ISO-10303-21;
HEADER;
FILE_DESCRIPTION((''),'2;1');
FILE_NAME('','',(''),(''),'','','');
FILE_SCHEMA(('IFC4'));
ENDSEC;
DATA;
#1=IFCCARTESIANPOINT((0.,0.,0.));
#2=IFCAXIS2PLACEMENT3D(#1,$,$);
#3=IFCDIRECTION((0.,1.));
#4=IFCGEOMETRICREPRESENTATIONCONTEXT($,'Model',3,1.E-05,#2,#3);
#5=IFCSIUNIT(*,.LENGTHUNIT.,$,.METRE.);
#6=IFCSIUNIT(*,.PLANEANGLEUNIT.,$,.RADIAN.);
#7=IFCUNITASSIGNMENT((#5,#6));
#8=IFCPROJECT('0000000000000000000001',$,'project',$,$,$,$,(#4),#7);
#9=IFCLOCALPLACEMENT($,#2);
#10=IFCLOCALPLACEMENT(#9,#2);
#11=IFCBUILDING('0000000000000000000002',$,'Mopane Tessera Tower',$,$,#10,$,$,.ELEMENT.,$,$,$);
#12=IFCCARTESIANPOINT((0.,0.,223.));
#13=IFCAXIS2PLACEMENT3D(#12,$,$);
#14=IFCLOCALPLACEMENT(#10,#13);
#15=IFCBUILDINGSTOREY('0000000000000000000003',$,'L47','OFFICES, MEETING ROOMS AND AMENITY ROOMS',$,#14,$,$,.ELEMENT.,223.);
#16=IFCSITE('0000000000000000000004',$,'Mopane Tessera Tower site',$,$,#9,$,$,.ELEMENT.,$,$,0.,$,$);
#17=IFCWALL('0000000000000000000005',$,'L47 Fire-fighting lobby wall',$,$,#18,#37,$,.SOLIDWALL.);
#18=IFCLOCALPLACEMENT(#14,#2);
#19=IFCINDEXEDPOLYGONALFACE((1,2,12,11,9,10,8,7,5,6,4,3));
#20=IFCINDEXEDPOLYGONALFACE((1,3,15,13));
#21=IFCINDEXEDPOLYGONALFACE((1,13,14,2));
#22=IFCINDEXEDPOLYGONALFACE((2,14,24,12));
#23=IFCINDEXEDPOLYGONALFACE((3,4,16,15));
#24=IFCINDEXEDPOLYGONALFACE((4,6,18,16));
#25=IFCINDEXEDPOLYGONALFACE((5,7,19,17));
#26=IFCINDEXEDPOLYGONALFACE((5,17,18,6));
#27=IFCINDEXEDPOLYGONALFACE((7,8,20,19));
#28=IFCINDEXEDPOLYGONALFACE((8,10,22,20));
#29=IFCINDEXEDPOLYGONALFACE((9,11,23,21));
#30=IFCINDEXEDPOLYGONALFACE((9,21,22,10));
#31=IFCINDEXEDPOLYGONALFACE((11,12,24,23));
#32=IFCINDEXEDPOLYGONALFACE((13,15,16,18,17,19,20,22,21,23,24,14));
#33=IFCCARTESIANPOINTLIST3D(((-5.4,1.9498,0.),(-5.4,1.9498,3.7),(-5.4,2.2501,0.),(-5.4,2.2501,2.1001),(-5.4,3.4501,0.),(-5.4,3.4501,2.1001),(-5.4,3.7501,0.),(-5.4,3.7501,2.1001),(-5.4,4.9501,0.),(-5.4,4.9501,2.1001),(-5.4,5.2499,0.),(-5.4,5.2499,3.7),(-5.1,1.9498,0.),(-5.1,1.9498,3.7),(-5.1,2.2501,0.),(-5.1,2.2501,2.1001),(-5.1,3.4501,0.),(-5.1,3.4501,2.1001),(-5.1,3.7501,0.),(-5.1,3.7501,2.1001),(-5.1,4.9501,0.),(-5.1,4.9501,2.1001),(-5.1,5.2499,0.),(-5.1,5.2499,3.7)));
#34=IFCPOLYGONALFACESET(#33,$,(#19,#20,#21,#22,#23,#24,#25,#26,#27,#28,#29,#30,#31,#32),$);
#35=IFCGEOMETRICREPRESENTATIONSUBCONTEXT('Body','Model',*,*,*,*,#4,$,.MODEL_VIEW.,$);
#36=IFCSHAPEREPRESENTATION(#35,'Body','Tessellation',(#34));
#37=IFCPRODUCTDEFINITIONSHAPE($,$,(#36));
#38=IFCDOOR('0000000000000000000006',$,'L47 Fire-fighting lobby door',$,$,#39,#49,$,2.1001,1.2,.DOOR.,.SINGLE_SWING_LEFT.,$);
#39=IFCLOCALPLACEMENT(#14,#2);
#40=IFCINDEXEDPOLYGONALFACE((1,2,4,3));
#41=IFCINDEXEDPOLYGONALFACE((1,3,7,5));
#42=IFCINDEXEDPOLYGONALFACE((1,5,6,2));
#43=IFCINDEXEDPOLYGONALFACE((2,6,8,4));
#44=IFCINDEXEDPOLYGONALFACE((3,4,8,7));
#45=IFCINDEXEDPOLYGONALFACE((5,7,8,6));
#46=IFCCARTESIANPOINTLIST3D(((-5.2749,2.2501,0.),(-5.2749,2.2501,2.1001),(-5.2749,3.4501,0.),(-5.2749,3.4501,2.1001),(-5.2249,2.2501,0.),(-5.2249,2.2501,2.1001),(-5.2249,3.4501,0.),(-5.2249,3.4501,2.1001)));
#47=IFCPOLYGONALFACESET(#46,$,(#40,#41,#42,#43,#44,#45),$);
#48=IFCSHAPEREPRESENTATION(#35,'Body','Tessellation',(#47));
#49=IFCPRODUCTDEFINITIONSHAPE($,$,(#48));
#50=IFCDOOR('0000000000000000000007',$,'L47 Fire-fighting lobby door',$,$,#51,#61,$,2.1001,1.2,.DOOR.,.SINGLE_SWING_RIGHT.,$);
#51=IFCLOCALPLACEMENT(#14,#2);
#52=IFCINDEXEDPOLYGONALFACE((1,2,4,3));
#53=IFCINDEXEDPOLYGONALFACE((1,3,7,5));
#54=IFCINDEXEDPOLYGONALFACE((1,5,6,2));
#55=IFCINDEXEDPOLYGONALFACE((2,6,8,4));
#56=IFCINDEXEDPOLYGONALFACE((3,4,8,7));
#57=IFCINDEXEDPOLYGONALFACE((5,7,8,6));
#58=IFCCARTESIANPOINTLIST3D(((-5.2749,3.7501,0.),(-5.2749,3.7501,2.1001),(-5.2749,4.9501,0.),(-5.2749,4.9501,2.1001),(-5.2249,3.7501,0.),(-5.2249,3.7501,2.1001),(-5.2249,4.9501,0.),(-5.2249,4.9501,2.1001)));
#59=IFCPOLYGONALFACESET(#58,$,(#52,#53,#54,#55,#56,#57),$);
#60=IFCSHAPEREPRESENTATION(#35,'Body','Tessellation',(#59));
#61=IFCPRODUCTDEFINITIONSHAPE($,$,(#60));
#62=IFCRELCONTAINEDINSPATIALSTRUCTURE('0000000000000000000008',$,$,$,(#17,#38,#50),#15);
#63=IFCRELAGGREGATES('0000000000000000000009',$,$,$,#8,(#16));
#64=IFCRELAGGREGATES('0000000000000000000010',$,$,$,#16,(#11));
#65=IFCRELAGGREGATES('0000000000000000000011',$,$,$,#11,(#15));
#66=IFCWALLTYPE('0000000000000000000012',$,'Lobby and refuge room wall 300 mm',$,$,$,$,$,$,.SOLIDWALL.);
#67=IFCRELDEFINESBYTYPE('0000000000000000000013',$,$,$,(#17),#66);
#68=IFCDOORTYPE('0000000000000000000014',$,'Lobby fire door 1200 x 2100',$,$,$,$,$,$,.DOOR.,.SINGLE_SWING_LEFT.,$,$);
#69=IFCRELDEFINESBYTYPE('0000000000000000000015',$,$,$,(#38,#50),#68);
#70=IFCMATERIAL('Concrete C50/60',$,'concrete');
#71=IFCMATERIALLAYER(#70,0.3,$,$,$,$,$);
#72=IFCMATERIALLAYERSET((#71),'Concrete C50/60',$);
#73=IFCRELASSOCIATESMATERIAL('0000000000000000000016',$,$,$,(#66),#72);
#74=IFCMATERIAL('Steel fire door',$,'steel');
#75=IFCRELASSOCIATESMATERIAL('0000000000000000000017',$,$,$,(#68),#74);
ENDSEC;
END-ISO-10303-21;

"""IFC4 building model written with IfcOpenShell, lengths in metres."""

from ifc_helpers import new_model, si_unit, direction, frame, frame_2d, origin, place, context, subcontext, project, spatial, rectangle, extrude, material, layer, layer_set, type_object, element, fill, save


model = new_model("IFC4")

# Units and contexts
model_context = context("Model", 3, precision=1e-05, world=origin(), true_north=direction((0.0, 1.0)))
body_context = subcontext(model_context, "Body", "Model", "MODEL_VIEW")
ifc_project = project(units=[si_unit("LENGTHUNIT", "METRE"), si_unit("PLANEANGLEUNIT", "RADIAN")], contexts=[model_context])

# Site, building, storey
site_placement = place(None, origin())
site = spatial("IfcSite", under=ifc_project, at=site_placement, Name="Mopane Tessera Tower site", CompositionType="ELEMENT", RefElevation=0.0)
building_placement = place(site_placement, origin())
building = spatial("IfcBuilding", under=site, at=building_placement, Name="Mopane Tessera Tower", CompositionType="ELEMENT")
storey_placement = place(building_placement, frame((0.0, 0.0, 223.0)))
storey = spatial("IfcBuildingStorey", under=building, at=storey_placement, Name="L47", Description="OFFICES, MEETING ROOMS AND AMENITY ROOMS", CompositionType="ELEMENT", Elevation=223.0)

# Wall, openings, doors
ifc_material_1 = material(Name="Concrete C50/60", Category="concrete")
ifc_layer_1 = layer(ifc_material_1, 0.3)
ifc_layer_set_1 = layer_set([ifc_layer_1], Name="Concrete C50/60")
wall_type_1 = type_object("IfcWallType", Name="Lobby and refuge room wall 300 mm", PredefinedType="SOLIDWALL", material=ifc_layer_set_1)
wall_placement = place(storey_placement, frame((-5.25, 1.95, 0.0), z_axis=(0.0, 0.0, 1.0), x_axis=(0.0, 1.0, 0.0)))
wall = element("IfcWall", 1, at=wall_placement, inside=storey, type_object=wall_type_1, Name="L47 Fire-fighting lobby wall", PredefinedType="SOLIDWALL", context=body_context, shape_type="SweptSolid", body=[
    extrude(rectangle(XDim=3.3, YDim=0.3, at=frame_2d((1.6499, 0.0))), origin(), (0.0, 0.0, 1.0), 3.7),
])
opening_1_placement = place(wall_placement, frame((0.3, 0.0, 0.0)))
opening_1 = element("IfcOpeningElement", 2, at=opening_1_placement, cuts=wall, PredefinedType="OPENING", context=body_context, shape_type="SweptSolid", body=[
    extrude(rectangle(XDim=1.2, YDim=2.1001, at=frame_2d((0.6001, 1.05))), frame((0.0, 0.1621, 0.0), z_axis=(0.0, -1.0, 0.0), x_axis=(1.0, 0.0, 0.0)), (0.0, 0.0, 1.0), 0.324),
])
opening_2_placement = place(wall_placement, frame((1.8, 0.0, 0.0)))
opening_2 = element("IfcOpeningElement", 3, at=opening_2_placement, cuts=wall, PredefinedType="OPENING", context=body_context, shape_type="SweptSolid", body=[
    extrude(rectangle(XDim=1.2, YDim=2.1001, at=frame_2d((0.6001, 1.05))), frame((0.0, 0.1621, 0.0), z_axis=(0.0, -1.0, 0.0), x_axis=(1.0, 0.0, 0.0)), (0.0, 0.0, 1.0), 0.324),
])
ifc_material_2 = material(Name="Steel fire door", Category="steel")
door_type = type_object("IfcDoorType", Name="Lobby fire door 1200 x 2100", OperationType="SINGLE_SWING_LEFT", PredefinedType="DOOR", material=ifc_material_2)
door_1_placement = place(opening_1_placement, origin())
door_1 = element("IfcDoor", 4, at=door_1_placement, inside=storey, type_object=door_type, Name="L47 Fire-fighting lobby door", OperationType="SINGLE_SWING_LEFT", OverallHeight=2.1001, OverallWidth=1.2, PredefinedType="DOOR", context=body_context, shape_type="SweptSolid", body=[
    extrude(rectangle(XDim=1.2, YDim=2.1001, at=frame_2d((0.6001, 1.05))), frame((0.0, 0.0249, 0.0), z_axis=(0.0, -1.0, 0.0), x_axis=(1.0, 0.0, 0.0)), (0.0, 0.0, 1.0), 0.05),
])
fill(opening_1, door_1)
door_2_placement = place(opening_2_placement, origin())
door_2 = element("IfcDoor", 5, at=door_2_placement, inside=storey, type_object=door_type, Name="L47 Fire-fighting lobby door", OperationType="SINGLE_SWING_RIGHT", OverallHeight=2.1001, OverallWidth=1.2, PredefinedType="DOOR", context=body_context, shape_type="SweptSolid", body=[
    extrude(rectangle(XDim=1.2, YDim=2.1001, at=frame_2d((0.6001, 1.05))), frame((0.0, 0.0249, 0.0), z_axis=(0.0, -1.0, 0.0), x_axis=(1.0, 0.0, 0.0)), (0.0, 0.0, 1.0), 0.05),
])
fill(opening_2, door_2)

save(model, "model.ifc")
